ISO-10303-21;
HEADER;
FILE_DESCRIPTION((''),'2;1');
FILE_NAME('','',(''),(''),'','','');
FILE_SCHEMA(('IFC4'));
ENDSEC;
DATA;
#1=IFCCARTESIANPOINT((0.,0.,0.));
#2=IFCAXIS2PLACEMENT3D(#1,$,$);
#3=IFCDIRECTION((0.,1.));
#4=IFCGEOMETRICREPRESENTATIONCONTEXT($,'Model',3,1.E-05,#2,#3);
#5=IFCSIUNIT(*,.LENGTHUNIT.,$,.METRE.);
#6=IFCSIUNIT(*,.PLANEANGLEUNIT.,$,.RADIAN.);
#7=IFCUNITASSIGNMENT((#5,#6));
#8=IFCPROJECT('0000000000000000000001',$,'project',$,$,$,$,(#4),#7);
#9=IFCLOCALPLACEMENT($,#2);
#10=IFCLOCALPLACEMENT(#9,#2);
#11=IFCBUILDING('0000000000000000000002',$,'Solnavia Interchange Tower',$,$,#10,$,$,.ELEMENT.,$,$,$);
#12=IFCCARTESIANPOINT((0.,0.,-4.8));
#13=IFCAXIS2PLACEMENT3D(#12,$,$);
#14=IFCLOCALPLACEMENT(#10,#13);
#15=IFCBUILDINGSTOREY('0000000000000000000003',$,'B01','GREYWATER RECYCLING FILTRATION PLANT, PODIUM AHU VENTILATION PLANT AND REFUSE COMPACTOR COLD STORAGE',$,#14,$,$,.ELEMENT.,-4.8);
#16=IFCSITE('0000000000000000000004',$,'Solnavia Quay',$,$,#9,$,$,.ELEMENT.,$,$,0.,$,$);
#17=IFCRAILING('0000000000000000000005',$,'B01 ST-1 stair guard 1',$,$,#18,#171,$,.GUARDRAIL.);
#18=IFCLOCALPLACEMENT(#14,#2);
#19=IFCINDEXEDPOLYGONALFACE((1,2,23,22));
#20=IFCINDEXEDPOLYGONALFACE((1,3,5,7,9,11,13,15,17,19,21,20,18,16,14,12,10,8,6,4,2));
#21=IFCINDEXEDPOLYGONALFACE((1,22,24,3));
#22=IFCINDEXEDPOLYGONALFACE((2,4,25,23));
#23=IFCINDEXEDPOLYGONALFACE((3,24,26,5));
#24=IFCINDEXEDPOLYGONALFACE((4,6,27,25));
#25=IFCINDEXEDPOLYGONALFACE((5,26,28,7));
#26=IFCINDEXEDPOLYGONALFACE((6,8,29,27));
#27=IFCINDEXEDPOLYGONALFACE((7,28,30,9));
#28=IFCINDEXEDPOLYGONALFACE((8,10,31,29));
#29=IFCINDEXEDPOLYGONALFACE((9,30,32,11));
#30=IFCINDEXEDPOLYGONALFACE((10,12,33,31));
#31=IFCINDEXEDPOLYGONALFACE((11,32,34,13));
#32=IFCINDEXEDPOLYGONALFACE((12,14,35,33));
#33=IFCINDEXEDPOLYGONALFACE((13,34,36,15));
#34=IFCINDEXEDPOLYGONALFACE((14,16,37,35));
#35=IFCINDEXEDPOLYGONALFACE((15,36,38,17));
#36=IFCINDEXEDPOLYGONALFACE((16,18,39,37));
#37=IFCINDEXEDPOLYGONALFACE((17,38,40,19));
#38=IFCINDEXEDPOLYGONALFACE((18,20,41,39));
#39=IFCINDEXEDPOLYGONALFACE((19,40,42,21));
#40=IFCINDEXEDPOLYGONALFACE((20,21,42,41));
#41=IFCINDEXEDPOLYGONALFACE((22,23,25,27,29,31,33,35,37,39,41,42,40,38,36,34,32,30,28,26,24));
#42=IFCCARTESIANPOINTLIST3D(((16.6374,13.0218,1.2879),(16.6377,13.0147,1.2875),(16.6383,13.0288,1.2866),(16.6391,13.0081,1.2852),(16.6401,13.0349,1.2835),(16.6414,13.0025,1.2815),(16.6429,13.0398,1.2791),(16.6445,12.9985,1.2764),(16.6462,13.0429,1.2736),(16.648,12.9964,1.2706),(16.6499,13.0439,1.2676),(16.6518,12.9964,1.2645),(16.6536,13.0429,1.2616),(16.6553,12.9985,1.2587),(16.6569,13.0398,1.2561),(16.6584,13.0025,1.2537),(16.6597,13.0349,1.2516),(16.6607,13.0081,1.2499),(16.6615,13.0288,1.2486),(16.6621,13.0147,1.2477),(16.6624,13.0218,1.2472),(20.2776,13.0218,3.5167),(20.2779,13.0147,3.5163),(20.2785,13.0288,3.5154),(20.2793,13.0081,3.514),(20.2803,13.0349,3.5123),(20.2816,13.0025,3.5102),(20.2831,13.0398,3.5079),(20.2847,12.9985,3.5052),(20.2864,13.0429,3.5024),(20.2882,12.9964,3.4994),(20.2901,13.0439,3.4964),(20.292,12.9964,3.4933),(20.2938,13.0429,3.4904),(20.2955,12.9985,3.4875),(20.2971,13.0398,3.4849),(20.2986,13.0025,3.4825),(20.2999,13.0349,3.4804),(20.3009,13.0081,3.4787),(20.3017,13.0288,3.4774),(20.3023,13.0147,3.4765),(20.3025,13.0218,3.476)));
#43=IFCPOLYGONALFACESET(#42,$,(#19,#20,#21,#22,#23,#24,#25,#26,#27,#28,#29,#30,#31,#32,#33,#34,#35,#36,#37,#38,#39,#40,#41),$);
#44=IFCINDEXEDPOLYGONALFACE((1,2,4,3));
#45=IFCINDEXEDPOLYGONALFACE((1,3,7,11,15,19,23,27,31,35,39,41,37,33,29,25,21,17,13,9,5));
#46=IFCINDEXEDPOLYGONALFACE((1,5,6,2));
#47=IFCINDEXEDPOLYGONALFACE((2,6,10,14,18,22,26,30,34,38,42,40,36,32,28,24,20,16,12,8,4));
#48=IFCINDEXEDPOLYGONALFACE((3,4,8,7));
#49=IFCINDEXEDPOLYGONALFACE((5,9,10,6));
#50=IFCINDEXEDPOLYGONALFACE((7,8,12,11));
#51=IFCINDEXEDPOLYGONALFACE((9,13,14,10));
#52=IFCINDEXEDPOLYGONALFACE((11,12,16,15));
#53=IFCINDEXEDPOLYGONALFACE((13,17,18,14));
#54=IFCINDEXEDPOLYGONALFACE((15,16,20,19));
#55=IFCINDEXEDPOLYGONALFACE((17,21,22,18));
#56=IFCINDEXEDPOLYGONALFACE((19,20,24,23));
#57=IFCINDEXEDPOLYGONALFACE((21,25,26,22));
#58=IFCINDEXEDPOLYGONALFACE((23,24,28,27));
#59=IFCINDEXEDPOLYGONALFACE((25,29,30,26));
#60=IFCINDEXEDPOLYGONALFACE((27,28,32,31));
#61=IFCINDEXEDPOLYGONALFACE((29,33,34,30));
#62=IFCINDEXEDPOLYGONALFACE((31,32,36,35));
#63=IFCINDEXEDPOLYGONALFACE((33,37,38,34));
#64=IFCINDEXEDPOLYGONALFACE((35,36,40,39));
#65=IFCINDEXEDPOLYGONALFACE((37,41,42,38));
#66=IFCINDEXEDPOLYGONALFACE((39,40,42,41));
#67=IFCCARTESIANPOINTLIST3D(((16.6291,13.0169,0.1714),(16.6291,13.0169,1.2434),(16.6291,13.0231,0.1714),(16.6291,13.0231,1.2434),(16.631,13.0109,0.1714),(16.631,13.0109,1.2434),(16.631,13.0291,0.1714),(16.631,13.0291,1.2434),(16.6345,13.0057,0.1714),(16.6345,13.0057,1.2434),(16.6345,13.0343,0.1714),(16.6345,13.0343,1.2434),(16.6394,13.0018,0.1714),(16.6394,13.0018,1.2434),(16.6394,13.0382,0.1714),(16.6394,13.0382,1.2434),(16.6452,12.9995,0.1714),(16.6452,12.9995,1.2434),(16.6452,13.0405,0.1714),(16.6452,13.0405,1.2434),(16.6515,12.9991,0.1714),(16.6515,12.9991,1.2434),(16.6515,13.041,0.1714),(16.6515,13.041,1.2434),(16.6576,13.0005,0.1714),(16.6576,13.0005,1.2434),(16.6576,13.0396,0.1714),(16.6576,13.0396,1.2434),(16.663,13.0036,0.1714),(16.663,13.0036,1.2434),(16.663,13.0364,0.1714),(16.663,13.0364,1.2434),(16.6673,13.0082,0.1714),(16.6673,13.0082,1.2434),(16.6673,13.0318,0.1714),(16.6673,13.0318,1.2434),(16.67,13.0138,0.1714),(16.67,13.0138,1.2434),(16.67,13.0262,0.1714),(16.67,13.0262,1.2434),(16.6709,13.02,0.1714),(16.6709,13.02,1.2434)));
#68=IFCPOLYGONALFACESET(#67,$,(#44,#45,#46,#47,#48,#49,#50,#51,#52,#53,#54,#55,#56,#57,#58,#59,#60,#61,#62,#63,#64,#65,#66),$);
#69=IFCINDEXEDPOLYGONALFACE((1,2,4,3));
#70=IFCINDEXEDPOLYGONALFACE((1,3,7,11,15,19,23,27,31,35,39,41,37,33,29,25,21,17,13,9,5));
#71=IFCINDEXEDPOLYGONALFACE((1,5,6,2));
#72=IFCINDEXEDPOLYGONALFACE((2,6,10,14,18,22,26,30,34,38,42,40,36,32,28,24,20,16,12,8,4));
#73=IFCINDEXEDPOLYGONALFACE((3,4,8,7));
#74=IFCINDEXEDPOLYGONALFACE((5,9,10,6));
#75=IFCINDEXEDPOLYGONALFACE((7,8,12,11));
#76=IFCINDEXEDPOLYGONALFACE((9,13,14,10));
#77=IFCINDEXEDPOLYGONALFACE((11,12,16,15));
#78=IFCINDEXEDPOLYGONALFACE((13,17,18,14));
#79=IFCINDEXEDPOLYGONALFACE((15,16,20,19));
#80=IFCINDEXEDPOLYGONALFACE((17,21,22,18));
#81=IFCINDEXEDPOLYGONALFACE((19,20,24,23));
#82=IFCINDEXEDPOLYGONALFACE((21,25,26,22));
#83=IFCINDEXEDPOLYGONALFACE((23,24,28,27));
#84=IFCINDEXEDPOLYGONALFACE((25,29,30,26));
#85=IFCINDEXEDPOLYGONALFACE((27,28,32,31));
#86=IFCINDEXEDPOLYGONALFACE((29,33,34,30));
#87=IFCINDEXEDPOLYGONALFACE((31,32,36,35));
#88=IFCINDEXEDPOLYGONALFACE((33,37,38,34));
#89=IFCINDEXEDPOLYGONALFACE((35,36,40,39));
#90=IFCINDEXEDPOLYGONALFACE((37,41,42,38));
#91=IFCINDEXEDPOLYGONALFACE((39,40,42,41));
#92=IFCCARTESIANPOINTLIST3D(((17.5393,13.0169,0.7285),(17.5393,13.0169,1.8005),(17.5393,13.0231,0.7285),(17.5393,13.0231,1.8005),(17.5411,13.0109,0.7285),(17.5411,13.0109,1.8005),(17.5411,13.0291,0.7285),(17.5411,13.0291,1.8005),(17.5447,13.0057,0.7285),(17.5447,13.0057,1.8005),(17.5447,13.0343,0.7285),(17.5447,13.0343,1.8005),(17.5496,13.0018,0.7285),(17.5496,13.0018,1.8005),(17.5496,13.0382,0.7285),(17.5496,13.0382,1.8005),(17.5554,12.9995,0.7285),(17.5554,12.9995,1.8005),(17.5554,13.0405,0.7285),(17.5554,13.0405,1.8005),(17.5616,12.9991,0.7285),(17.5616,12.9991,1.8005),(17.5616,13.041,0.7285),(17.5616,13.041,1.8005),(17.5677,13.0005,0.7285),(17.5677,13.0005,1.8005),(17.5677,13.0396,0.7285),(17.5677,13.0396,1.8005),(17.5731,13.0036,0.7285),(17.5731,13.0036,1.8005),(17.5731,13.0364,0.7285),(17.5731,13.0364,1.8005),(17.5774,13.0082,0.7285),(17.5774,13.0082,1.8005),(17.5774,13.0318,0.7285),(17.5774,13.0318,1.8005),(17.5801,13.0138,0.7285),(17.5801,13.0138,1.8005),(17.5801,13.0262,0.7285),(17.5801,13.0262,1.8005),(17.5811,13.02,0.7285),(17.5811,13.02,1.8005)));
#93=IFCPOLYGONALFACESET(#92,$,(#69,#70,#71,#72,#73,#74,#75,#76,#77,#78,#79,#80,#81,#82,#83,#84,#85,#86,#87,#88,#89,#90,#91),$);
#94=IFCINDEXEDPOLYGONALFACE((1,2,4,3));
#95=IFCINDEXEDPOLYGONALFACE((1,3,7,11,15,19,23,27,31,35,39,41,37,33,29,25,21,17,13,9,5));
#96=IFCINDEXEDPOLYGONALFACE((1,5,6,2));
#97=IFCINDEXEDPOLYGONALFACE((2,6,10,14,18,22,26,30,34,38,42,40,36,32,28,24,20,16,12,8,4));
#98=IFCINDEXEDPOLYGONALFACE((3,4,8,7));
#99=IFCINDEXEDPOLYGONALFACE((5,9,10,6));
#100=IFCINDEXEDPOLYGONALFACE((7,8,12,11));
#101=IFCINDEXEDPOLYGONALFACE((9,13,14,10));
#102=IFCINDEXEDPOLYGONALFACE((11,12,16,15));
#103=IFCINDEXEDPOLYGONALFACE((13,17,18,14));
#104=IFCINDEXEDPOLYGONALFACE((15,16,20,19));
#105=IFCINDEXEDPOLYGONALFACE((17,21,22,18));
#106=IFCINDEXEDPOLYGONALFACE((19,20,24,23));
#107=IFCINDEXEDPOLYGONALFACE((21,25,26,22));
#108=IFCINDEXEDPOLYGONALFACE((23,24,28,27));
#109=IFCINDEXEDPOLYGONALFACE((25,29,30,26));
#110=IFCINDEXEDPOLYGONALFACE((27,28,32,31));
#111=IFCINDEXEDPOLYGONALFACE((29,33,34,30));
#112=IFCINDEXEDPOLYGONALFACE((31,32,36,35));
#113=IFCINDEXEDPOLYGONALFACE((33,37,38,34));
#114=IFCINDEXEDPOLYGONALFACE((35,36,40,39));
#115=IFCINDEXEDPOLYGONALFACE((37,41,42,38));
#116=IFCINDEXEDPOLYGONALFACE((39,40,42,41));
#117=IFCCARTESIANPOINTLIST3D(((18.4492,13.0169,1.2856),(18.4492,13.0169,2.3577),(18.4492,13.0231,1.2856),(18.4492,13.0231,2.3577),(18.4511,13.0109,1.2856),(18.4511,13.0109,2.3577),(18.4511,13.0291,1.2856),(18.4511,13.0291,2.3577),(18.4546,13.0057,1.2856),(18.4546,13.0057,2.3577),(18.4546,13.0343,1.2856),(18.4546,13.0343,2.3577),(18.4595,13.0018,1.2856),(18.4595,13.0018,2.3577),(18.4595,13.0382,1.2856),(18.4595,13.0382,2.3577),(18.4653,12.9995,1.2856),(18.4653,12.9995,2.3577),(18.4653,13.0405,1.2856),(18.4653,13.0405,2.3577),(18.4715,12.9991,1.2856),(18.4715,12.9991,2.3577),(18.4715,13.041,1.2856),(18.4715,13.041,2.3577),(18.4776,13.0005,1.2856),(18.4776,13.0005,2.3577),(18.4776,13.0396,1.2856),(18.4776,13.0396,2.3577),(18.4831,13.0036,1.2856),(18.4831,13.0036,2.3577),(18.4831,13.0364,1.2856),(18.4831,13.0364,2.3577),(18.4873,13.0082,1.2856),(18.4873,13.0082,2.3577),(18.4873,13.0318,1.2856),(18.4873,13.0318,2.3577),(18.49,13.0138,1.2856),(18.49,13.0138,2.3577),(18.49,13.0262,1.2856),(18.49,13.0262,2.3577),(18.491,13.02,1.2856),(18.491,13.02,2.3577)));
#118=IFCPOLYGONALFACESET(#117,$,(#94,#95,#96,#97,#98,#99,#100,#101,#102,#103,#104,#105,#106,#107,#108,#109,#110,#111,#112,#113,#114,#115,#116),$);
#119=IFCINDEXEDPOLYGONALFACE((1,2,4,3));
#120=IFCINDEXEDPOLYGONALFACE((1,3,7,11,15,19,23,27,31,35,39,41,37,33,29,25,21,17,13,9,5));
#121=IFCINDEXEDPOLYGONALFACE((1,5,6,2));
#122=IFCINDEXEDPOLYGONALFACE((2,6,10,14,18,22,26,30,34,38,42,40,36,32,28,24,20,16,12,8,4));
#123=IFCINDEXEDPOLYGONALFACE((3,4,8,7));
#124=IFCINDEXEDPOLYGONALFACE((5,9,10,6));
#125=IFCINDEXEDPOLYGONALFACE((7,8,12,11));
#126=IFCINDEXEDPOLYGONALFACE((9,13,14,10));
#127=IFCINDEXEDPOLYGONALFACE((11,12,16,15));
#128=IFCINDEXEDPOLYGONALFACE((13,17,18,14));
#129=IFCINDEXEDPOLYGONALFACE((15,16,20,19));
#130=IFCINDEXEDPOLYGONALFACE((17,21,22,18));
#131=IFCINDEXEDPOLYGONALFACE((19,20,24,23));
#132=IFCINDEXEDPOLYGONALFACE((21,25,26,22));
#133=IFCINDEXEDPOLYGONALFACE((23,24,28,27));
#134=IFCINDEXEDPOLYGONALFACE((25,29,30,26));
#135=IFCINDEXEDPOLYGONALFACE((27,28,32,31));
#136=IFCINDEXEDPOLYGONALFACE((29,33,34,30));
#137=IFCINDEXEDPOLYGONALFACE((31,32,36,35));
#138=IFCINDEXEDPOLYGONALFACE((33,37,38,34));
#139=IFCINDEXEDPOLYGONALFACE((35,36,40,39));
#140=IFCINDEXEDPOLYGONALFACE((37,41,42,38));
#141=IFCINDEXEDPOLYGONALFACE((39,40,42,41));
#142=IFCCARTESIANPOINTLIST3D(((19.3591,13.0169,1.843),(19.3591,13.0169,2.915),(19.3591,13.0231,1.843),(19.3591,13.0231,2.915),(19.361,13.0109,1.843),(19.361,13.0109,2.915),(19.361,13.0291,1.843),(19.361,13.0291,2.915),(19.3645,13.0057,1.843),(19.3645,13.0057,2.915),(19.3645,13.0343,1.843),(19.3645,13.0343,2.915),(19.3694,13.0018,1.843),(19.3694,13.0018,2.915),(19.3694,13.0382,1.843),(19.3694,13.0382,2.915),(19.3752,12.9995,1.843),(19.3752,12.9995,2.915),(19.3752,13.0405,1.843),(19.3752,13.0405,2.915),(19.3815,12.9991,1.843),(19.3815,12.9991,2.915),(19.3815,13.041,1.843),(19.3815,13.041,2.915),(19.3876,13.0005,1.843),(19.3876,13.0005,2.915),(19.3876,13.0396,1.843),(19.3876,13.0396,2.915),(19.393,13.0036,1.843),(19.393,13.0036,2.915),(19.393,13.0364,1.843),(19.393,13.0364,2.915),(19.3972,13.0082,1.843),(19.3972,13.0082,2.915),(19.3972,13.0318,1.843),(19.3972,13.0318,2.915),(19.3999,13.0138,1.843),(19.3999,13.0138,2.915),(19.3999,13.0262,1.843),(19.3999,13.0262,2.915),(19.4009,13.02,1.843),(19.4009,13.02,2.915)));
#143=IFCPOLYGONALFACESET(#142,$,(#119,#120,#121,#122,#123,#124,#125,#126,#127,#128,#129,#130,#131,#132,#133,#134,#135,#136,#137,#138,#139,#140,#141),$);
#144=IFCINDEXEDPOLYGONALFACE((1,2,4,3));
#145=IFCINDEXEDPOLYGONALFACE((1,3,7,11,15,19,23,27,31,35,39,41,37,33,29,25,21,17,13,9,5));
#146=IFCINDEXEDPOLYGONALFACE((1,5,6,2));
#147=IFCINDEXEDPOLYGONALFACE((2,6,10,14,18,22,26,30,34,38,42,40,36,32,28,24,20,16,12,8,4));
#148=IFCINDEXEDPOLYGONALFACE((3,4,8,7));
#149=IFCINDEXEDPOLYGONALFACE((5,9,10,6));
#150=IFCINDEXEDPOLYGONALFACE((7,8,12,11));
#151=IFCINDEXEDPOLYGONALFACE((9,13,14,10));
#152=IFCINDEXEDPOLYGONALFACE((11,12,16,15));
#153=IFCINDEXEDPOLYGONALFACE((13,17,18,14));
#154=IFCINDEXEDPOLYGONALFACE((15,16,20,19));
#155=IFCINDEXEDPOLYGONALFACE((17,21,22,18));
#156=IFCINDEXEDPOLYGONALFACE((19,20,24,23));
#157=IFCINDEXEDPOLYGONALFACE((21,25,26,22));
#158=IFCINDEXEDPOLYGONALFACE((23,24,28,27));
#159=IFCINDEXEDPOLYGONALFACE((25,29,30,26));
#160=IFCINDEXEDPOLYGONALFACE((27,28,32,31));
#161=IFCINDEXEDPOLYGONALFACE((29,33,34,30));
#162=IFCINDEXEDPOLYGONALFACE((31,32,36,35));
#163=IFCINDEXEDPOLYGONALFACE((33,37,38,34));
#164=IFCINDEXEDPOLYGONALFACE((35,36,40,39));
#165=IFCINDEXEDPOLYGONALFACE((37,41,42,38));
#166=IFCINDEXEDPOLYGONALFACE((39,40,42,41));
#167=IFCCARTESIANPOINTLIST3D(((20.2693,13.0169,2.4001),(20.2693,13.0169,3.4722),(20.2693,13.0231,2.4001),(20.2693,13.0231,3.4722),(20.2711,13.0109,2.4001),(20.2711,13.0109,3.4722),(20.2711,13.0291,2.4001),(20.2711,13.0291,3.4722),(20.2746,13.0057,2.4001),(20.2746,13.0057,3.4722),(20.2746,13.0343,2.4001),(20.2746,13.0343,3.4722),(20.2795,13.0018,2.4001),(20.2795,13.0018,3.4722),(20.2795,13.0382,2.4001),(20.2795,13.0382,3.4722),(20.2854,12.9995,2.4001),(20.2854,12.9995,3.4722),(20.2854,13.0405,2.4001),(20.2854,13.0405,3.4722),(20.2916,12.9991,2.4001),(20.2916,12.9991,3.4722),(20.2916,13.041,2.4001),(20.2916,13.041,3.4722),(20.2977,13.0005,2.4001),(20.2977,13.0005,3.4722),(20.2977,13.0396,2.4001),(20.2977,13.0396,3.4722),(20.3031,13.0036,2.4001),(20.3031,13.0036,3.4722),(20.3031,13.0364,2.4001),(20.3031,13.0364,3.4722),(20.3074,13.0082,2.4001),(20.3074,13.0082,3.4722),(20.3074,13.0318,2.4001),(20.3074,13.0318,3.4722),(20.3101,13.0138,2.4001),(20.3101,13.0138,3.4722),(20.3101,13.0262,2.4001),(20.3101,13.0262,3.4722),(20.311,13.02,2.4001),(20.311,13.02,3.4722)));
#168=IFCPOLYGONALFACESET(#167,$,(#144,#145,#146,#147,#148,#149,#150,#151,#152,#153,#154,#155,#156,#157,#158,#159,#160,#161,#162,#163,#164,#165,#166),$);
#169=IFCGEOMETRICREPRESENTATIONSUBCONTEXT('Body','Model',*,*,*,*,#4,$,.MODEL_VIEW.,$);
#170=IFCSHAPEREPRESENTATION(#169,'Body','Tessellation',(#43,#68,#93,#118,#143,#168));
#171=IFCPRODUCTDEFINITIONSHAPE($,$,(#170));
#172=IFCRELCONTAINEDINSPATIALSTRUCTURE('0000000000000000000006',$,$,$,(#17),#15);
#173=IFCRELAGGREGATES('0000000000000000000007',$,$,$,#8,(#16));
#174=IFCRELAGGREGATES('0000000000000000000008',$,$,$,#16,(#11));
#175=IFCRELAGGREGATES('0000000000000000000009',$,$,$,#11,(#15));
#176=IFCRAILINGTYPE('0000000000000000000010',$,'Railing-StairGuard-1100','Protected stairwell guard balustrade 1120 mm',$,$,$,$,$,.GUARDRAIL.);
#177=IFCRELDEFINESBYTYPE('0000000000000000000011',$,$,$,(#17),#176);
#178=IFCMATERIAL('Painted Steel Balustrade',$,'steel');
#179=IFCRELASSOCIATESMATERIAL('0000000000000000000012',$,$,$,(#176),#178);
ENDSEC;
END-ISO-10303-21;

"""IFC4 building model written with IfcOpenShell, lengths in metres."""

from ifc_helpers import new_model, si_unit, direction, frame, origin, origin_2d, place, context, subcontext, project, spatial, circle, extrude, material, type_object, element, save


model = new_model("IFC4")

# Units and contexts
model_context = context("Model", 3, precision=1e-05, world=origin(), true_north=direction((0.0, 1.0)))
body_context = subcontext(model_context, "Body", "Model", "MODEL_VIEW")
ifc_project = project(units=[si_unit("LENGTHUNIT", "METRE"), si_unit("PLANEANGLEUNIT", "RADIAN")], contexts=[model_context])

# Site, building, storey
site_placement = place(None, origin())
site = spatial("IfcSite", under=ifc_project, at=site_placement, Name="Solnavia Quay", CompositionType="ELEMENT", RefElevation=0.0)
building_placement = place(site_placement, origin())
building = spatial("IfcBuilding", under=site, at=building_placement, Name="Solnavia Interchange Tower", CompositionType="ELEMENT")
storey_placement = place(building_placement, frame((0.0, 0.0, -4.8)))
storey = spatial("IfcBuildingStorey", under=building, at=storey_placement, Name="B01", Description="GREYWATER RECYCLING FILTRATION PLANT, PODIUM AHU VENTILATION PLANT AND REFUSE COMPACTOR COLD STORAGE", CompositionType="ELEMENT", Elevation=-4.8)

# Railing
ifc_material_1 = material(Name="Painted Steel Balustrade", Category="steel")
railing_type_1 = type_object("IfcRailingType", Name="Railing-StairGuard-1100", Description="Protected stairwell guard balustrade 1120 mm", PredefinedType="GUARDRAIL", material=ifc_material_1)
railing_1_placement = place(storey_placement, frame((16.6499, 13.02, 0.1714)))
element("IfcRailing", 1, at=railing_1_placement, inside=storey, type_object=railing_type_1, Name="B01 ST-1 stair guard 1", PredefinedType="GUARDRAIL", context=body_context, shape_type="SweptSolid", body=[
    extrude(circle(Radius=0.0239, at=origin_2d()), frame((0.0, 0.0, 1.0962), z_axis=(0.85284, 0.0, 0.522172), x_axis=(0.0, 1.0, 0.0)), (0.0, 0.0, 1.0), 4.2683),
    extrude(circle(Radius=0.021, at=origin_2d()), origin(), (0.0, 0.0, 1.0), 1.072),
    extrude(circle(Radius=0.021, at=origin_2d()), frame((0.9102, 0.0, 0.5571)), (0.0, 0.0, 1.0), 1.072),
    extrude(circle(Radius=0.021, at=origin_2d()), frame((1.8201, 0.0, 1.1143)), (0.0, 0.0, 1.0), 1.072),
    extrude(circle(Radius=0.021, at=origin_2d()), frame((2.73, 0.0, 1.6716)), (0.0, 0.0, 1.0), 1.072),
    extrude(circle(Radius=0.021, at=origin_2d()), frame((3.6401, 0.0, 2.2288)), (0.0, 0.0, 1.0), 1.072),
])

save(model, "model.ifc")
